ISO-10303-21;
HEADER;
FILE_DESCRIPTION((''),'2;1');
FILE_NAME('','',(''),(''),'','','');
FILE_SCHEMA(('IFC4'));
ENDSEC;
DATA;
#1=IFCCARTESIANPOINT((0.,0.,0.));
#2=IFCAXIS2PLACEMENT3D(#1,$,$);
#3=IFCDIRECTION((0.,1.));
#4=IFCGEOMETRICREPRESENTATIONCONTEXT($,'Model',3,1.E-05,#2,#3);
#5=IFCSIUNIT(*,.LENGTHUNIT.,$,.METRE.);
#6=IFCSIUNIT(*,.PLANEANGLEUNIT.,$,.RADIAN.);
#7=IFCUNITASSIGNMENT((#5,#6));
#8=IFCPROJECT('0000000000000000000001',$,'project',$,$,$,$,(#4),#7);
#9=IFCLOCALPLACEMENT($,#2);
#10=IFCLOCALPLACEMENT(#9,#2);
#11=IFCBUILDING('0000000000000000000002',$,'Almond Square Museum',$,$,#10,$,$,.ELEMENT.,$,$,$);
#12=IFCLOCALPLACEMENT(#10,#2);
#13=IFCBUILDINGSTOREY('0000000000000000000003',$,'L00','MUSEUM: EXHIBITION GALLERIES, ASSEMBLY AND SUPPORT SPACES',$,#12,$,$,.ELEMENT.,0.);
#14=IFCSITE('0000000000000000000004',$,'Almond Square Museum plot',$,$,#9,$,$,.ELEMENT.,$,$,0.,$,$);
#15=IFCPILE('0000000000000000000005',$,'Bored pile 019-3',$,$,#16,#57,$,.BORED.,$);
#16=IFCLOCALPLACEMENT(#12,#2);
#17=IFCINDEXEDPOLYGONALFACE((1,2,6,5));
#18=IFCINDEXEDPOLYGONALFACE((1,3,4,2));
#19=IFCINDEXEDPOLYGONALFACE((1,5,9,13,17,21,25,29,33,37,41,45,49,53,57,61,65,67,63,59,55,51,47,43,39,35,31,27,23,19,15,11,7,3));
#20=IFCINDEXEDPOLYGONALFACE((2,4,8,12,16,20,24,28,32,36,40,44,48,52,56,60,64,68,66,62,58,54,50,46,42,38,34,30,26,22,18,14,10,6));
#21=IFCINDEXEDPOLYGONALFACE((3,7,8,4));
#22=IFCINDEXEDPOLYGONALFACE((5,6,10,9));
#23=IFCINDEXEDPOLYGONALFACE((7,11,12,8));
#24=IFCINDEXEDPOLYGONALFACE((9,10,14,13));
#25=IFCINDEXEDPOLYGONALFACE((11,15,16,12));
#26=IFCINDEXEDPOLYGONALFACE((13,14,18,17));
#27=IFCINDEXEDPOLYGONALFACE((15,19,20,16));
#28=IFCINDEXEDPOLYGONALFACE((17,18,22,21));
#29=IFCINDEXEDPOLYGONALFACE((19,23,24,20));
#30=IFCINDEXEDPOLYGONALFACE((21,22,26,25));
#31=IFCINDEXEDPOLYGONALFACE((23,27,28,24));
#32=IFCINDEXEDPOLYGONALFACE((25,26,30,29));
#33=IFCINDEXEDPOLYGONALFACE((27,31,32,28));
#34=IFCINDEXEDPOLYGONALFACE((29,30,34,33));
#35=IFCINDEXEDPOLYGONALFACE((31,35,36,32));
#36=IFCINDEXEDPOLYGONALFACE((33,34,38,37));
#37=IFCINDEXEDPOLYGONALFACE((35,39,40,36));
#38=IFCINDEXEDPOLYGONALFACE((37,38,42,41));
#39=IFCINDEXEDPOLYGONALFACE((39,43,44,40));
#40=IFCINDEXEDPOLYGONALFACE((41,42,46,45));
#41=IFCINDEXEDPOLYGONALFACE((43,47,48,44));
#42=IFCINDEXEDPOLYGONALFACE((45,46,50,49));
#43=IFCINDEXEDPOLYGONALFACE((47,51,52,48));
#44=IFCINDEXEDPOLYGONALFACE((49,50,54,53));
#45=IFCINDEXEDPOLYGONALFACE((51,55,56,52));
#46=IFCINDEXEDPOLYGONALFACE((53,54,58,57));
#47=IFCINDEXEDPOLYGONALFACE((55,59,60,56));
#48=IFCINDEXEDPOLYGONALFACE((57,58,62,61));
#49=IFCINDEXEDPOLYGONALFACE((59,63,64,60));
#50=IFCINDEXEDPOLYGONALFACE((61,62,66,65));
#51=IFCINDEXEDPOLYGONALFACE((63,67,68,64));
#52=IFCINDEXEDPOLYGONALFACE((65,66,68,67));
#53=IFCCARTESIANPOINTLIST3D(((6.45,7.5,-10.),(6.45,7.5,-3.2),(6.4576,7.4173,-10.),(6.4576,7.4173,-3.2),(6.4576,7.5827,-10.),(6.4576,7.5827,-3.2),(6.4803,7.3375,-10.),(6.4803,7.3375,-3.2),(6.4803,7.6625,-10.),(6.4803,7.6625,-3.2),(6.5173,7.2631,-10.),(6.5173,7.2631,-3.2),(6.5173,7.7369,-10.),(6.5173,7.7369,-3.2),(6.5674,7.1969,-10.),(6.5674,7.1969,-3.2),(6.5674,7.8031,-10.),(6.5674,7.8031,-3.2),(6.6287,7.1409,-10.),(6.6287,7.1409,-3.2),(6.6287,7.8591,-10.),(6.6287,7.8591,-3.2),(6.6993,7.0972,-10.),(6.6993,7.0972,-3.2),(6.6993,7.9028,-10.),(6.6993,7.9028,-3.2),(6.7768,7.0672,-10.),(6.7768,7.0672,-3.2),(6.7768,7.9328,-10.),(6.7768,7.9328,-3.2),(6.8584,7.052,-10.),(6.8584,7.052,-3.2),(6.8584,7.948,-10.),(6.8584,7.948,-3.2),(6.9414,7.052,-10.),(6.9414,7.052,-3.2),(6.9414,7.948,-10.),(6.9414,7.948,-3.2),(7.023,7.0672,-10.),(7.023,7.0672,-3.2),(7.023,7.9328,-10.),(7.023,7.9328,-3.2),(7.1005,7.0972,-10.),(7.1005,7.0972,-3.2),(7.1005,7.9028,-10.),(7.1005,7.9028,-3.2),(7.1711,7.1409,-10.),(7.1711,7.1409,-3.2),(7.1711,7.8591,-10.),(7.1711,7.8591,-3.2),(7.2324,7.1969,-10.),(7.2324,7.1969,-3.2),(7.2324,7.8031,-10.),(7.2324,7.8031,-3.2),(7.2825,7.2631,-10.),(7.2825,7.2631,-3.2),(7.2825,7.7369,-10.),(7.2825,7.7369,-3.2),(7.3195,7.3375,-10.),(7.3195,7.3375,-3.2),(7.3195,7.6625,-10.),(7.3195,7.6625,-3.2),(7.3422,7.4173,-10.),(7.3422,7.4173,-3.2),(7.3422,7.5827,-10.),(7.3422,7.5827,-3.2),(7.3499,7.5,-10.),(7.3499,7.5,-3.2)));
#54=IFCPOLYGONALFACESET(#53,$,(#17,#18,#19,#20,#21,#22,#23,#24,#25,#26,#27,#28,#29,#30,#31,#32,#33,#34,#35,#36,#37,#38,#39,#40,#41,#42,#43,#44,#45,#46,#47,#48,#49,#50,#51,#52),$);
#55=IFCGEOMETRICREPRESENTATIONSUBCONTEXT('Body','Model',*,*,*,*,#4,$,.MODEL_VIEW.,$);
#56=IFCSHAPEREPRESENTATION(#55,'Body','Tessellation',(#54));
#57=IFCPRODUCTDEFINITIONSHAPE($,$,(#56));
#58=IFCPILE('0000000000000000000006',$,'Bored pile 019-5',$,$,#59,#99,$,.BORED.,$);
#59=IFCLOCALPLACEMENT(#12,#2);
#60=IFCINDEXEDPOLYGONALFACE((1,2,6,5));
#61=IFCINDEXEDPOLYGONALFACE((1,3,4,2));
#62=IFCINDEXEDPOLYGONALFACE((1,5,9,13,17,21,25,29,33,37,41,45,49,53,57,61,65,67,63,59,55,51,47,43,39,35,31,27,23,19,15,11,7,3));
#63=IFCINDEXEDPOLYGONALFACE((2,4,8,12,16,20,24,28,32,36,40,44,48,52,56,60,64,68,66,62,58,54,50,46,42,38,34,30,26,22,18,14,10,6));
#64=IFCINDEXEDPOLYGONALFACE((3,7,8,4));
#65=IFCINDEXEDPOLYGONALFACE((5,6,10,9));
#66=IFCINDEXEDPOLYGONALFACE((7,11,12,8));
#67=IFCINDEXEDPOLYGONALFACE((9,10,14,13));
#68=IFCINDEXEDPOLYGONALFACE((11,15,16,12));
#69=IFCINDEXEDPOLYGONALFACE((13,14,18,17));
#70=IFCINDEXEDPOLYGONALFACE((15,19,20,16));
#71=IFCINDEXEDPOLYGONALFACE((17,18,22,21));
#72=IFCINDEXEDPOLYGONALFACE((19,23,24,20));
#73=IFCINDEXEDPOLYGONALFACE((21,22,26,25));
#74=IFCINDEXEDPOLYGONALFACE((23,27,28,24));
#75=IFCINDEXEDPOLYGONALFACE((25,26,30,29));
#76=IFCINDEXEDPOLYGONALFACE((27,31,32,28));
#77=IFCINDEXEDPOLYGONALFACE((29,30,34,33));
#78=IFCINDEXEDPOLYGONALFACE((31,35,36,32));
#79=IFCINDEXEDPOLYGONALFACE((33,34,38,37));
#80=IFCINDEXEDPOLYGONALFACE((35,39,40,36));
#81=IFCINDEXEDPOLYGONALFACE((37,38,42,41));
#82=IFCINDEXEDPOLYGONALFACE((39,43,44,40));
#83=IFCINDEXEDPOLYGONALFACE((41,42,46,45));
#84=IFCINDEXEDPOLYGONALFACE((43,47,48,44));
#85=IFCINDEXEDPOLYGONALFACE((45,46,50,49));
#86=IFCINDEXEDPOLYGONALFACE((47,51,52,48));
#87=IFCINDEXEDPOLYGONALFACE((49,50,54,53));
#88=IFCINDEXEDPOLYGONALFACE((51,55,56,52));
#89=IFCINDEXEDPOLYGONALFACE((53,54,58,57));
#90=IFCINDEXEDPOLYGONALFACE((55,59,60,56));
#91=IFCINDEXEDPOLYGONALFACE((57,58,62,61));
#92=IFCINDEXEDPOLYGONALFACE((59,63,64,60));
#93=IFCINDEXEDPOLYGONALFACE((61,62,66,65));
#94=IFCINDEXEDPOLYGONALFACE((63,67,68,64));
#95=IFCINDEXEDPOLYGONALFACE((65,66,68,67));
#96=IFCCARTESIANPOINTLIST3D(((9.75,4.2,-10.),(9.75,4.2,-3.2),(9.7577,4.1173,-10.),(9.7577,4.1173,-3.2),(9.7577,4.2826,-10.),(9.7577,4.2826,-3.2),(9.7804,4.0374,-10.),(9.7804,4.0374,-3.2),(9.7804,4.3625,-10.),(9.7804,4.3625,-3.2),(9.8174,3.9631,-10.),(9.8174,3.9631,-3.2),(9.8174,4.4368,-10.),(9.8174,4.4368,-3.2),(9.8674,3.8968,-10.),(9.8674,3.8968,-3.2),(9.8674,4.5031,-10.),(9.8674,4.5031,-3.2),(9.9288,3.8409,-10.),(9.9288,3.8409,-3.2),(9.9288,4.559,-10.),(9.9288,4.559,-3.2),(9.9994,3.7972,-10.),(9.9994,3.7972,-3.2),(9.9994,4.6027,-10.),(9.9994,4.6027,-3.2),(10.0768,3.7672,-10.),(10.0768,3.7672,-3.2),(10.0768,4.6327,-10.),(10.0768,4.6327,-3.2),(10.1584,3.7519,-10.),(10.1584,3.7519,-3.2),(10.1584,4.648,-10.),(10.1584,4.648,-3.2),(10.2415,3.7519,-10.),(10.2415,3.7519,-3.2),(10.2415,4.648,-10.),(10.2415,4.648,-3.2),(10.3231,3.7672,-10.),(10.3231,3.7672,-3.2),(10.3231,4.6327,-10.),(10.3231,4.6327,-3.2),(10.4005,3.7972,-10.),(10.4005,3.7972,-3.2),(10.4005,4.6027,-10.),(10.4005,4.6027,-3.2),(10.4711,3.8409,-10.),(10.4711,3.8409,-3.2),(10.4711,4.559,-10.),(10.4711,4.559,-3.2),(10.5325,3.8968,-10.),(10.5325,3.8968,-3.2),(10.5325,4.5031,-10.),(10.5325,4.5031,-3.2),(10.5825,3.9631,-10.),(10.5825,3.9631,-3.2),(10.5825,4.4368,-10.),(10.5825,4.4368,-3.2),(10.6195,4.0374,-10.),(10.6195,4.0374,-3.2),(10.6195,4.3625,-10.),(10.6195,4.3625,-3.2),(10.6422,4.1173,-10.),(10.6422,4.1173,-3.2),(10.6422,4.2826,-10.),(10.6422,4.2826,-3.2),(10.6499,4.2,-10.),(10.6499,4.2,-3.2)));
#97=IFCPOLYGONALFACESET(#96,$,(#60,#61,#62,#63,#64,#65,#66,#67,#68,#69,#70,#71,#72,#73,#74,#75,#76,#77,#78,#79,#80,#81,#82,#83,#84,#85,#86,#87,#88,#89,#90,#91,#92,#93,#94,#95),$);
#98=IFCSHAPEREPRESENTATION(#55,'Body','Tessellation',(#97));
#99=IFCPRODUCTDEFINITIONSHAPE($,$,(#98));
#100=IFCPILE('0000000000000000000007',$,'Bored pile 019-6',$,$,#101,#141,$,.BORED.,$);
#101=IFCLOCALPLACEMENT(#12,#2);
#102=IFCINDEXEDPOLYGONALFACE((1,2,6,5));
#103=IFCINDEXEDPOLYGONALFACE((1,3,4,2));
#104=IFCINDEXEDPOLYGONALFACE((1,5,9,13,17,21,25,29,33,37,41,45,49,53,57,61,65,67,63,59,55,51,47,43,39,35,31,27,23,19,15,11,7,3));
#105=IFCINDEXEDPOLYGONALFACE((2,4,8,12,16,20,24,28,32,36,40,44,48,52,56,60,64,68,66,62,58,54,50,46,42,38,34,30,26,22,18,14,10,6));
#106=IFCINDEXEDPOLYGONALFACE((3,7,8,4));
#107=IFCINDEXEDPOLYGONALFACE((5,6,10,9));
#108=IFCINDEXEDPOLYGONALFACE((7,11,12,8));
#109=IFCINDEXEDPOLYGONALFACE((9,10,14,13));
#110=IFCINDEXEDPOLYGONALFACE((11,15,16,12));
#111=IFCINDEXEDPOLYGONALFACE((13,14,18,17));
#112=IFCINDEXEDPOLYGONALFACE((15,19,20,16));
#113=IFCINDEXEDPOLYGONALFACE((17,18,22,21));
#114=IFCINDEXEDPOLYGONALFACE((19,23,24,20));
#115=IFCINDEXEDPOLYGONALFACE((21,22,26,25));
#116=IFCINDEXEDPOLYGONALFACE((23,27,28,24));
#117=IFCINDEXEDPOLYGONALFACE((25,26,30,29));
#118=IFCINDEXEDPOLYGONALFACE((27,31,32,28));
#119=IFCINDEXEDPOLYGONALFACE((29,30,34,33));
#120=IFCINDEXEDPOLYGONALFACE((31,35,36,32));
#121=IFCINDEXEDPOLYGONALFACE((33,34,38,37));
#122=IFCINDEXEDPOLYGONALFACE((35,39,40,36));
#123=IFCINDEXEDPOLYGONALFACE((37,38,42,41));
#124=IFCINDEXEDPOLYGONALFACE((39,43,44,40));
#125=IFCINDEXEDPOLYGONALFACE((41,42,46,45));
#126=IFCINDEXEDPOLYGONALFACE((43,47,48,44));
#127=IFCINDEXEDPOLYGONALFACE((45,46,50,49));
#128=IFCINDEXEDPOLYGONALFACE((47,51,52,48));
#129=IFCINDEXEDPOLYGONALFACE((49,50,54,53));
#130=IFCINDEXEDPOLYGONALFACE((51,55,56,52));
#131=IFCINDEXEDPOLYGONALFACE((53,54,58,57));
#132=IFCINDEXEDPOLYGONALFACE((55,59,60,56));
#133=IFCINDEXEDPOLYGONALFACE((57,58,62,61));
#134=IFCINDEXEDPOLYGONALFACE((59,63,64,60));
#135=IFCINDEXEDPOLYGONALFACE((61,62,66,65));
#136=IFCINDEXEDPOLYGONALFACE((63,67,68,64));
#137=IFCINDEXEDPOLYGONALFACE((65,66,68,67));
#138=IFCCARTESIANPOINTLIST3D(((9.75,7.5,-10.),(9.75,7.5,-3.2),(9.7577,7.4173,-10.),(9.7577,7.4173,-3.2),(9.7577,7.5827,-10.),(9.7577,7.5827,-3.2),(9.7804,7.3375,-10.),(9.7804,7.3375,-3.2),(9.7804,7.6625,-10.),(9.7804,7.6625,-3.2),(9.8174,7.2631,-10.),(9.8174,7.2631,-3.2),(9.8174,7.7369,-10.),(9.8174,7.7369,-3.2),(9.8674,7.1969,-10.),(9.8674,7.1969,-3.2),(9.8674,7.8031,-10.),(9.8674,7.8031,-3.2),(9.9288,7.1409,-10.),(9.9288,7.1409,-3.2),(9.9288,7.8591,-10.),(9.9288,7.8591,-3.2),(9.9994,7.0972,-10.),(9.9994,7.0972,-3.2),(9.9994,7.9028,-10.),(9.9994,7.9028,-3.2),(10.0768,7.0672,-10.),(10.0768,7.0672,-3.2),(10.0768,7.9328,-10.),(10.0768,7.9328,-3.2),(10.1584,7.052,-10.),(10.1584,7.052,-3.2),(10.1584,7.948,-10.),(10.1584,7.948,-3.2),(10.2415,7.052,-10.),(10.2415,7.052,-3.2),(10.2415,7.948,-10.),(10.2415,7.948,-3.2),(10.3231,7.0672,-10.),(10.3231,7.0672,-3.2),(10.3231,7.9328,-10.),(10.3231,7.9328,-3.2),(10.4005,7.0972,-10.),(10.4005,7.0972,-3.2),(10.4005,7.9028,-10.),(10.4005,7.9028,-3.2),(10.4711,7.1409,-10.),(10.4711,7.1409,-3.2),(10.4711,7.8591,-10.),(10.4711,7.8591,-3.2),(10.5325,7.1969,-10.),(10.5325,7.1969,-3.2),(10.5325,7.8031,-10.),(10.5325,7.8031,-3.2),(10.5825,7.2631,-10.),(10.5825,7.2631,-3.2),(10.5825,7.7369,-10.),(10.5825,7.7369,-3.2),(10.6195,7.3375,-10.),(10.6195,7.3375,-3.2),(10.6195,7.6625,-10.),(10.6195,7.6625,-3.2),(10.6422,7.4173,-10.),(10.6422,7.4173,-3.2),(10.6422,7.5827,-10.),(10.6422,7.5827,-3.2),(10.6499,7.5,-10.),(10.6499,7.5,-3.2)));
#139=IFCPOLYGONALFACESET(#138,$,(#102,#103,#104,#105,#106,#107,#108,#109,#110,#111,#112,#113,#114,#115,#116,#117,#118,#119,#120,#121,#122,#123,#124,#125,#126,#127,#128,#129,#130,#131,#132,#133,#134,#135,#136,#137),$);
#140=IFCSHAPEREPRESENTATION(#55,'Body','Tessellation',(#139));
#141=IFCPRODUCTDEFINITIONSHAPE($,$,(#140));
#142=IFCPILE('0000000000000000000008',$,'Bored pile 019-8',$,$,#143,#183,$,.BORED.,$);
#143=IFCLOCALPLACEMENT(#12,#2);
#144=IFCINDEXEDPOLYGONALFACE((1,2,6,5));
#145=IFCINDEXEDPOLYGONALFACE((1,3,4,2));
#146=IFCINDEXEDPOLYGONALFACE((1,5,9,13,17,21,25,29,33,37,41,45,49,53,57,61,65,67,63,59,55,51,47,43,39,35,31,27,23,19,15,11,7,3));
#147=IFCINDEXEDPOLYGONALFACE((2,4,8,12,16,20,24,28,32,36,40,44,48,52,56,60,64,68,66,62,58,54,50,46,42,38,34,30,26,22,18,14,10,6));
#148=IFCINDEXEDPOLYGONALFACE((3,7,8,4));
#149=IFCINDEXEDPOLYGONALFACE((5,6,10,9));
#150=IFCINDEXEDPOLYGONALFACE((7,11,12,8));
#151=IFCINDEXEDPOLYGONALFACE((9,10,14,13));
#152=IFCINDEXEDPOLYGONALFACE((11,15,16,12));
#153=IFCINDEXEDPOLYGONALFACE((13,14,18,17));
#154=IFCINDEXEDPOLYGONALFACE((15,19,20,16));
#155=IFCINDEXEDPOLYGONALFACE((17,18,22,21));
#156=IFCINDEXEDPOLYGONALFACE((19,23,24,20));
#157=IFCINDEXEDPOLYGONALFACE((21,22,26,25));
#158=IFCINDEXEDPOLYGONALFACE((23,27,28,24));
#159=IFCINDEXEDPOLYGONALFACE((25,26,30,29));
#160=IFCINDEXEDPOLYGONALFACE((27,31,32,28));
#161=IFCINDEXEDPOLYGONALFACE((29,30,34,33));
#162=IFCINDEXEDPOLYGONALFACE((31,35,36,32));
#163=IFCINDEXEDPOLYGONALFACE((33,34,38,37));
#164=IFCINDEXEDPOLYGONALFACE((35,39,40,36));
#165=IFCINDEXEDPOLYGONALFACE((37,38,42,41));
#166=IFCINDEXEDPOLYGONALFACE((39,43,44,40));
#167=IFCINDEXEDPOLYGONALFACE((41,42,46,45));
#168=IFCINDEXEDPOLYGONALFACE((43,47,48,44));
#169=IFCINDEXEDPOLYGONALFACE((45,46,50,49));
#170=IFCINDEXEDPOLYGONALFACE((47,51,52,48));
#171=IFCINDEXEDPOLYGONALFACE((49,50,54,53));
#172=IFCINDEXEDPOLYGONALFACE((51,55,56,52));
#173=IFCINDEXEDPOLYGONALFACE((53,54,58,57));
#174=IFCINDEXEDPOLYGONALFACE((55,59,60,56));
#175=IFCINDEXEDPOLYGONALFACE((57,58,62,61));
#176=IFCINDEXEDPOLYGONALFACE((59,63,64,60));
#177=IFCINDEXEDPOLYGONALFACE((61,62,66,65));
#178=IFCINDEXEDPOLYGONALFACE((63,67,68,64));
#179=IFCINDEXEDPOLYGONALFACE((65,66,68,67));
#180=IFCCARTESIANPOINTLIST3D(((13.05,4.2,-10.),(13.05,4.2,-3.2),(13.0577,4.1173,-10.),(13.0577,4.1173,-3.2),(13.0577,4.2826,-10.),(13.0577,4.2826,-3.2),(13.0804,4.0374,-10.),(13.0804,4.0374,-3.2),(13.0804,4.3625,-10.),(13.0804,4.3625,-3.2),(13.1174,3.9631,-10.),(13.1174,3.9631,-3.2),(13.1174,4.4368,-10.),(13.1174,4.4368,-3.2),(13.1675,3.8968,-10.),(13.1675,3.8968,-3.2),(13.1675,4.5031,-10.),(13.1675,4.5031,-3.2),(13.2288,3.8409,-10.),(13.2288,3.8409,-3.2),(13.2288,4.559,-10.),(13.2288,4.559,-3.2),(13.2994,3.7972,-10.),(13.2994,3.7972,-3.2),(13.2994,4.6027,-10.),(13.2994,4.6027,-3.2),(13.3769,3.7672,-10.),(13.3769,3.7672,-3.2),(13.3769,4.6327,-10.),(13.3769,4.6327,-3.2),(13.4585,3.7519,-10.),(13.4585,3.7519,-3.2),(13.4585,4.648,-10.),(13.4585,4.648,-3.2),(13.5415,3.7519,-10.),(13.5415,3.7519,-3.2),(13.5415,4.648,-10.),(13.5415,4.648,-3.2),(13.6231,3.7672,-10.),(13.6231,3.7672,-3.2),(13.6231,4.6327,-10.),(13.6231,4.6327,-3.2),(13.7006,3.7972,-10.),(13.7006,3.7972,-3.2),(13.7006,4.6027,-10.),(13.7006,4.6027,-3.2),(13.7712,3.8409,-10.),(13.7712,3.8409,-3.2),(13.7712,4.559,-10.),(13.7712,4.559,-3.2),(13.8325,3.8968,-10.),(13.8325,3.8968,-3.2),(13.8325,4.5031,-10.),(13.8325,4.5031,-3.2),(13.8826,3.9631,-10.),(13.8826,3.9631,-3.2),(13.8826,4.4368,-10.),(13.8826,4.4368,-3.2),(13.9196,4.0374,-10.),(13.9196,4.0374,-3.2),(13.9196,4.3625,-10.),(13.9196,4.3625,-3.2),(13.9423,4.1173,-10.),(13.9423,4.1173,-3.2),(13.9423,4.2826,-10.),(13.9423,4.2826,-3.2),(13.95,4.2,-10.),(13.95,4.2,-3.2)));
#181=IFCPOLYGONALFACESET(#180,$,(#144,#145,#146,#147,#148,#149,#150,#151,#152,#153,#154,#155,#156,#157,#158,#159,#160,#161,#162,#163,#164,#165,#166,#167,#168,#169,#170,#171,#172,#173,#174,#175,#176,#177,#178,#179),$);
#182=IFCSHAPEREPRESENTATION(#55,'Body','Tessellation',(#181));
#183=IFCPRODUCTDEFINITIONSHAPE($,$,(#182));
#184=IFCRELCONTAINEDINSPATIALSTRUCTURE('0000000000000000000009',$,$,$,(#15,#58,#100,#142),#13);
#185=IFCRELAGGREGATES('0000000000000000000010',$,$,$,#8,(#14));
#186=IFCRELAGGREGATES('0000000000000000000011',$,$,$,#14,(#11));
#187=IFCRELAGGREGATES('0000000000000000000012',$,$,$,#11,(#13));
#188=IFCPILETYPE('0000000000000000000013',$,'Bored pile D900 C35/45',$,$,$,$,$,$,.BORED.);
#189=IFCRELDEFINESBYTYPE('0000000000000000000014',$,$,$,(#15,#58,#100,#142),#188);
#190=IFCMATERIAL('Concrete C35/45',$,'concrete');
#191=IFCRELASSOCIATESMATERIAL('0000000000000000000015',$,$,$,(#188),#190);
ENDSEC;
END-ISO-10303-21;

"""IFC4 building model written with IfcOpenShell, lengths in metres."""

from ifc_helpers import new_model, si_unit, direction, frame, origin, origin_2d, place, context, subcontext, project, spatial, circle, extrude, material, material_profile, profile_set, type_object, element, save


model = new_model("IFC4")

# Units and contexts
model_context = context("Model", 3, precision=1e-05, world=origin(), true_north=direction((0.0, 1.0)))
body_context = subcontext(model_context, "Body", "Model", "MODEL_VIEW")
ifc_project = project(units=[si_unit("LENGTHUNIT", "METRE"), si_unit("PLANEANGLEUNIT", "RADIAN")], contexts=[model_context])

# Site, building, storey
site_placement = place(None, origin())
site = spatial("IfcSite", under=ifc_project, at=site_placement, Name="Almond Square Museum plot", CompositionType="ELEMENT", RefElevation=0.0)
building_placement = place(site_placement, origin())
building = spatial("IfcBuilding", under=site, at=building_placement, Name="Almond Square Museum", CompositionType="ELEMENT")
storey_placement = place(building_placement, origin())
storey = spatial("IfcBuildingStorey", under=building, at=storey_placement, Name="L00", Description="MUSEUM: EXHIBITION GALLERIES, ASSEMBLY AND SUPPORT SPACES", CompositionType="ELEMENT", Elevation=0.0)

# Piles
ifc_material_1 = material(Name="Concrete C35/45", Category="concrete")
ifc_material_profile = material_profile(ifc_material_1, circle(Radius=0.45, at=origin_2d()))
ifc_profile_set = profile_set([ifc_material_profile], Name="Concrete C35/45")
pile_type = type_object("IfcPileType", Name="Bored pile D900 C35/45", PredefinedType="BORED", material=ifc_profile_set)
for number, where, z_axis, x_axis, name in (
    (1, (6.8999, 7.5, -3.2), (0.0, 0.0, -1.0), (1.0, 0.0, 0.0), "Bored pile 019-3"),
    (2, (10.2, 4.2, -3.2), (0.0, 0.0, -1.0), (1.0, 0.0, 0.0), "Bored pile 019-5"),
    (3, (10.2, 7.5, -3.2), (0.0, 0.0, -1.0), (1.0, 0.0, 0.0), "Bored pile 019-6"),
    (4, (13.5, 4.2, -3.2), (0.0, 0.0, -1.0), (1.0, 0.0, 0.0), "Bored pile 019-8"),
):
    element("IfcPile", number, at=place(storey_placement, frame(where, z_axis=z_axis, x_axis=x_axis)), inside=storey, type_object=pile_type, Name=name, PredefinedType="BORED", context=body_context, shape_type="SweptSolid", body=[
        extrude(circle(Radius=0.45, at=origin_2d()), origin(), (0.0, 0.0, 1.0), 6.8),
    ])

save(model, "model.ifc")
